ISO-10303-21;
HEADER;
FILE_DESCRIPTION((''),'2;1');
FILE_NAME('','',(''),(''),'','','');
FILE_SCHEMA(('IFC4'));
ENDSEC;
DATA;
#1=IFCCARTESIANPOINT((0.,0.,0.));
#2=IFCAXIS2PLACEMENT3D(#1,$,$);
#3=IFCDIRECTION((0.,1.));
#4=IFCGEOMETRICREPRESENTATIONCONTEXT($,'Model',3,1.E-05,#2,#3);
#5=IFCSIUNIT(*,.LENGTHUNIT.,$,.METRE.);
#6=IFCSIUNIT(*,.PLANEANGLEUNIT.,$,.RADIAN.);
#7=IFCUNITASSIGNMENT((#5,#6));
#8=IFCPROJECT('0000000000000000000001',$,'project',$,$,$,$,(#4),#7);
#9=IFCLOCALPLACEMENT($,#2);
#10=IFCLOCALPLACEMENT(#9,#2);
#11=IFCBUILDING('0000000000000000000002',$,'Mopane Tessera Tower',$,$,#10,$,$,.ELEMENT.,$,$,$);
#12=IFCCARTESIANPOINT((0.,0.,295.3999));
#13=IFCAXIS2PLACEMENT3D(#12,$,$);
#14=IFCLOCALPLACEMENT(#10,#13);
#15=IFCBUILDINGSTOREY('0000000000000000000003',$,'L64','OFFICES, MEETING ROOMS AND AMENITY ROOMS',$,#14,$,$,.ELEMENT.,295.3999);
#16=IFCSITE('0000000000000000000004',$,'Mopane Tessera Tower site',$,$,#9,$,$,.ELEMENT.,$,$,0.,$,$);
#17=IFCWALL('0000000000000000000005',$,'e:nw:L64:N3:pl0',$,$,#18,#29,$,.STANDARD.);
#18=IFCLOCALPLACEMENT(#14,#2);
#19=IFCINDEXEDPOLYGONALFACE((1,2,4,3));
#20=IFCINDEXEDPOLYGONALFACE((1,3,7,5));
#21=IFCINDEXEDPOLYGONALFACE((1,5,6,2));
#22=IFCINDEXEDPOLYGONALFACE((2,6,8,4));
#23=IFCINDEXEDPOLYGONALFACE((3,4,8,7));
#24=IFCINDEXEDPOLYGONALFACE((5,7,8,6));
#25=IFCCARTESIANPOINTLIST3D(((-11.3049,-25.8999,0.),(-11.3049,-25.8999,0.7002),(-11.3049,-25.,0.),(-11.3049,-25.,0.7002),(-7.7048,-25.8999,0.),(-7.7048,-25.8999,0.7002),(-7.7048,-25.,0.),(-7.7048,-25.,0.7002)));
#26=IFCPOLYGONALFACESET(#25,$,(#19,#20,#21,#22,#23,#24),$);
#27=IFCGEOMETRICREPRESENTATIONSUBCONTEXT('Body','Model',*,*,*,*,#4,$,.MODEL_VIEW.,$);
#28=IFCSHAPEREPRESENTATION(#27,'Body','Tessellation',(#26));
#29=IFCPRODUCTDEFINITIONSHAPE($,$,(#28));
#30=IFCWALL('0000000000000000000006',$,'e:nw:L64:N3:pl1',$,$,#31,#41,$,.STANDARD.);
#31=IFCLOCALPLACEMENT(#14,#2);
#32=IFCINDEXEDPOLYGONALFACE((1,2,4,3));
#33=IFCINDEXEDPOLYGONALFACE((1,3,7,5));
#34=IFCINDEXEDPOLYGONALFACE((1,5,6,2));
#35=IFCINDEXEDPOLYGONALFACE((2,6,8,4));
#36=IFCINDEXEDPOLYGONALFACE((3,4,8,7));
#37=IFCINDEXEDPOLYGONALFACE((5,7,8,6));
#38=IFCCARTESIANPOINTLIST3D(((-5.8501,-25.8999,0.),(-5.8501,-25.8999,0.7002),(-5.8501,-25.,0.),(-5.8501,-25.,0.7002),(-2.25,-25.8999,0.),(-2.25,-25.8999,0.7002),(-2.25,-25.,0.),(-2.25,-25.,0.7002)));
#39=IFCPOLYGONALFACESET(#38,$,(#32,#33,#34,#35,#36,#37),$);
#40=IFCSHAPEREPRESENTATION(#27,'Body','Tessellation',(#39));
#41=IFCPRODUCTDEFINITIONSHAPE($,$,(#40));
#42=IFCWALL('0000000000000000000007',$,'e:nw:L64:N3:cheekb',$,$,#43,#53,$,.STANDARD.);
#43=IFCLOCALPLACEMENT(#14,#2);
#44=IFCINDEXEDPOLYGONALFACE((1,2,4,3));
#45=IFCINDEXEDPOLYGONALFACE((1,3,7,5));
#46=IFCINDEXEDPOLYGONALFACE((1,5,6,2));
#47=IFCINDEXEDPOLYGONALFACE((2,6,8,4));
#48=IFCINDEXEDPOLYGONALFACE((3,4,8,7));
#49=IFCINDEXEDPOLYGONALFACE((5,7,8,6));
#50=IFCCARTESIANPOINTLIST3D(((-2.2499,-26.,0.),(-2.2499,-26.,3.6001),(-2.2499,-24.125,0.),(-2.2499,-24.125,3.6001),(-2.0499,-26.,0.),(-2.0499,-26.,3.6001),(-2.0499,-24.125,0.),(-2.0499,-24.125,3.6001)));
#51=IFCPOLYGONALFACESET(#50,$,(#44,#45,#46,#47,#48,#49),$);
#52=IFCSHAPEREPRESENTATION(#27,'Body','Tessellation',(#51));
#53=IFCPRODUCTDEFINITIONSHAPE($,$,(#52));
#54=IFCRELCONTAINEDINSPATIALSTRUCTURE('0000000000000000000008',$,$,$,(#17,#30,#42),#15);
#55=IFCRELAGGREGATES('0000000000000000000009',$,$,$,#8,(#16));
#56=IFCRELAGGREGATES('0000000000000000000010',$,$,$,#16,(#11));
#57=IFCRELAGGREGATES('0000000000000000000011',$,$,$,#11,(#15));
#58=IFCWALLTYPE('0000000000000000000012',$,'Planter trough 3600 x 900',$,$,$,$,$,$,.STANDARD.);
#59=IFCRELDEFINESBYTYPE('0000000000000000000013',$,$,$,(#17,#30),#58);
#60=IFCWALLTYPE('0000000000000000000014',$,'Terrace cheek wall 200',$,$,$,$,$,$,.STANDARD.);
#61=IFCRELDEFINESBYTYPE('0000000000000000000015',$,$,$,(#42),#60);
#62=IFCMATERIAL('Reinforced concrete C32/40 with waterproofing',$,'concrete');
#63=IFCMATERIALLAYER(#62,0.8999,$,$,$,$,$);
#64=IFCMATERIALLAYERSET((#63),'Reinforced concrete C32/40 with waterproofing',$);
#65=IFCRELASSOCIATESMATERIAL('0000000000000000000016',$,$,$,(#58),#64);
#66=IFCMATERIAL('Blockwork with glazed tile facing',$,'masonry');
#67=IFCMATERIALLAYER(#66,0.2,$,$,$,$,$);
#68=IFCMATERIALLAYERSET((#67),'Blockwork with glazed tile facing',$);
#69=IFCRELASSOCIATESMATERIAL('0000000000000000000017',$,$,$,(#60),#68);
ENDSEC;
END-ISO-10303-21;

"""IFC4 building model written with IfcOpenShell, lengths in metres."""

from ifc_helpers import new_model, si_unit, direction, frame, frame_2d, origin, place, context, subcontext, project, spatial, rectangle, extrude, material, layer, layer_set, type_object, element, save


model = new_model("IFC4")

# Units and contexts
model_context = context("Model", 3, precision=1e-05, world=origin(), true_north=direction((0.0, 1.0)))
body_context = subcontext(model_context, "Body", "Model", "MODEL_VIEW")
ifc_project = project(units=[si_unit("LENGTHUNIT", "METRE"), si_unit("PLANEANGLEUNIT", "RADIAN")], contexts=[model_context])

# Site, building, storey
site_placement = place(None, origin())
site = spatial("IfcSite", under=ifc_project, at=site_placement, Name="Mopane Tessera Tower site", CompositionType="ELEMENT", RefElevation=0.0)
building_placement = place(site_placement, origin())
building = spatial("IfcBuilding", under=site, at=building_placement, Name="Mopane Tessera Tower", CompositionType="ELEMENT")
storey_placement = place(building_placement, frame((0.0, 0.0, 295.3999)))
storey = spatial("IfcBuildingStorey", under=building, at=storey_placement, Name="L64", Description="OFFICES, MEETING ROOMS AND AMENITY ROOMS", CompositionType="ELEMENT", Elevation=295.3999)

# Walls
ifc_material_1 = material(Name="Reinforced concrete C32/40 with waterproofing", Category="concrete")
ifc_layer_1 = layer(ifc_material_1, 0.8999)
ifc_layer_set_1 = layer_set([ifc_layer_1], Name="Reinforced concrete C32/40 with waterproofing")
wall_type_1 = type_object("IfcWallType", Name="Planter trough 3600 x 900", PredefinedType="STANDARD", material=ifc_layer_set_1)
for number, where, z_axis, x_axis, name in (
    (1, (-11.3049, -25.45, 0.0), (0.0, 0.0, 1.0), (1.0, 0.0, 0.0), "e:nw:L64:N3:pl0"),
    (2, (-5.8501, -25.45, 0.0), (0.0, 0.0, 1.0), (1.0, 0.0, 0.0), "e:nw:L64:N3:pl1"),
):
    element("IfcWall", number, at=place(storey_placement, frame(where, z_axis=z_axis, x_axis=x_axis)), inside=storey, type_object=wall_type_1, Name=name, PredefinedType="STANDARD", context=body_context, shape_type="SweptSolid", body=[
        extrude(rectangle(XDim=3.6001, YDim=0.8999, at=frame_2d((1.8, 0.0))), origin(), (0.0, 0.0, 1.0), 0.7002),
    ])
ifc_material_2 = material(Name="Blockwork with glazed tile facing", Category="masonry")
ifc_layer_2 = layer(ifc_material_2, 0.2)
ifc_layer_set_2 = layer_set([ifc_layer_2], Name="Blockwork with glazed tile facing")
wall_type_2 = type_object("IfcWallType", Name="Terrace cheek wall 200", PredefinedType="STANDARD", material=ifc_layer_set_2)
wall_1_placement = place(storey_placement, frame((-2.1499, -26.0, 0.0), z_axis=(0.0, 0.0, 1.0), x_axis=(0.0, 1.0, 0.0)))
element("IfcWall", 3, at=wall_1_placement, inside=storey, type_object=wall_type_2, Name="e:nw:L64:N3:cheekb", PredefinedType="STANDARD", context=body_context, shape_type="SweptSolid", body=[
    extrude(rectangle(XDim=1.875, YDim=0.2, at=frame_2d((0.9375, 0.0))), origin(), (0.0, 0.0, 1.0), 3.6001),
])

save(model, "model.ifc")
